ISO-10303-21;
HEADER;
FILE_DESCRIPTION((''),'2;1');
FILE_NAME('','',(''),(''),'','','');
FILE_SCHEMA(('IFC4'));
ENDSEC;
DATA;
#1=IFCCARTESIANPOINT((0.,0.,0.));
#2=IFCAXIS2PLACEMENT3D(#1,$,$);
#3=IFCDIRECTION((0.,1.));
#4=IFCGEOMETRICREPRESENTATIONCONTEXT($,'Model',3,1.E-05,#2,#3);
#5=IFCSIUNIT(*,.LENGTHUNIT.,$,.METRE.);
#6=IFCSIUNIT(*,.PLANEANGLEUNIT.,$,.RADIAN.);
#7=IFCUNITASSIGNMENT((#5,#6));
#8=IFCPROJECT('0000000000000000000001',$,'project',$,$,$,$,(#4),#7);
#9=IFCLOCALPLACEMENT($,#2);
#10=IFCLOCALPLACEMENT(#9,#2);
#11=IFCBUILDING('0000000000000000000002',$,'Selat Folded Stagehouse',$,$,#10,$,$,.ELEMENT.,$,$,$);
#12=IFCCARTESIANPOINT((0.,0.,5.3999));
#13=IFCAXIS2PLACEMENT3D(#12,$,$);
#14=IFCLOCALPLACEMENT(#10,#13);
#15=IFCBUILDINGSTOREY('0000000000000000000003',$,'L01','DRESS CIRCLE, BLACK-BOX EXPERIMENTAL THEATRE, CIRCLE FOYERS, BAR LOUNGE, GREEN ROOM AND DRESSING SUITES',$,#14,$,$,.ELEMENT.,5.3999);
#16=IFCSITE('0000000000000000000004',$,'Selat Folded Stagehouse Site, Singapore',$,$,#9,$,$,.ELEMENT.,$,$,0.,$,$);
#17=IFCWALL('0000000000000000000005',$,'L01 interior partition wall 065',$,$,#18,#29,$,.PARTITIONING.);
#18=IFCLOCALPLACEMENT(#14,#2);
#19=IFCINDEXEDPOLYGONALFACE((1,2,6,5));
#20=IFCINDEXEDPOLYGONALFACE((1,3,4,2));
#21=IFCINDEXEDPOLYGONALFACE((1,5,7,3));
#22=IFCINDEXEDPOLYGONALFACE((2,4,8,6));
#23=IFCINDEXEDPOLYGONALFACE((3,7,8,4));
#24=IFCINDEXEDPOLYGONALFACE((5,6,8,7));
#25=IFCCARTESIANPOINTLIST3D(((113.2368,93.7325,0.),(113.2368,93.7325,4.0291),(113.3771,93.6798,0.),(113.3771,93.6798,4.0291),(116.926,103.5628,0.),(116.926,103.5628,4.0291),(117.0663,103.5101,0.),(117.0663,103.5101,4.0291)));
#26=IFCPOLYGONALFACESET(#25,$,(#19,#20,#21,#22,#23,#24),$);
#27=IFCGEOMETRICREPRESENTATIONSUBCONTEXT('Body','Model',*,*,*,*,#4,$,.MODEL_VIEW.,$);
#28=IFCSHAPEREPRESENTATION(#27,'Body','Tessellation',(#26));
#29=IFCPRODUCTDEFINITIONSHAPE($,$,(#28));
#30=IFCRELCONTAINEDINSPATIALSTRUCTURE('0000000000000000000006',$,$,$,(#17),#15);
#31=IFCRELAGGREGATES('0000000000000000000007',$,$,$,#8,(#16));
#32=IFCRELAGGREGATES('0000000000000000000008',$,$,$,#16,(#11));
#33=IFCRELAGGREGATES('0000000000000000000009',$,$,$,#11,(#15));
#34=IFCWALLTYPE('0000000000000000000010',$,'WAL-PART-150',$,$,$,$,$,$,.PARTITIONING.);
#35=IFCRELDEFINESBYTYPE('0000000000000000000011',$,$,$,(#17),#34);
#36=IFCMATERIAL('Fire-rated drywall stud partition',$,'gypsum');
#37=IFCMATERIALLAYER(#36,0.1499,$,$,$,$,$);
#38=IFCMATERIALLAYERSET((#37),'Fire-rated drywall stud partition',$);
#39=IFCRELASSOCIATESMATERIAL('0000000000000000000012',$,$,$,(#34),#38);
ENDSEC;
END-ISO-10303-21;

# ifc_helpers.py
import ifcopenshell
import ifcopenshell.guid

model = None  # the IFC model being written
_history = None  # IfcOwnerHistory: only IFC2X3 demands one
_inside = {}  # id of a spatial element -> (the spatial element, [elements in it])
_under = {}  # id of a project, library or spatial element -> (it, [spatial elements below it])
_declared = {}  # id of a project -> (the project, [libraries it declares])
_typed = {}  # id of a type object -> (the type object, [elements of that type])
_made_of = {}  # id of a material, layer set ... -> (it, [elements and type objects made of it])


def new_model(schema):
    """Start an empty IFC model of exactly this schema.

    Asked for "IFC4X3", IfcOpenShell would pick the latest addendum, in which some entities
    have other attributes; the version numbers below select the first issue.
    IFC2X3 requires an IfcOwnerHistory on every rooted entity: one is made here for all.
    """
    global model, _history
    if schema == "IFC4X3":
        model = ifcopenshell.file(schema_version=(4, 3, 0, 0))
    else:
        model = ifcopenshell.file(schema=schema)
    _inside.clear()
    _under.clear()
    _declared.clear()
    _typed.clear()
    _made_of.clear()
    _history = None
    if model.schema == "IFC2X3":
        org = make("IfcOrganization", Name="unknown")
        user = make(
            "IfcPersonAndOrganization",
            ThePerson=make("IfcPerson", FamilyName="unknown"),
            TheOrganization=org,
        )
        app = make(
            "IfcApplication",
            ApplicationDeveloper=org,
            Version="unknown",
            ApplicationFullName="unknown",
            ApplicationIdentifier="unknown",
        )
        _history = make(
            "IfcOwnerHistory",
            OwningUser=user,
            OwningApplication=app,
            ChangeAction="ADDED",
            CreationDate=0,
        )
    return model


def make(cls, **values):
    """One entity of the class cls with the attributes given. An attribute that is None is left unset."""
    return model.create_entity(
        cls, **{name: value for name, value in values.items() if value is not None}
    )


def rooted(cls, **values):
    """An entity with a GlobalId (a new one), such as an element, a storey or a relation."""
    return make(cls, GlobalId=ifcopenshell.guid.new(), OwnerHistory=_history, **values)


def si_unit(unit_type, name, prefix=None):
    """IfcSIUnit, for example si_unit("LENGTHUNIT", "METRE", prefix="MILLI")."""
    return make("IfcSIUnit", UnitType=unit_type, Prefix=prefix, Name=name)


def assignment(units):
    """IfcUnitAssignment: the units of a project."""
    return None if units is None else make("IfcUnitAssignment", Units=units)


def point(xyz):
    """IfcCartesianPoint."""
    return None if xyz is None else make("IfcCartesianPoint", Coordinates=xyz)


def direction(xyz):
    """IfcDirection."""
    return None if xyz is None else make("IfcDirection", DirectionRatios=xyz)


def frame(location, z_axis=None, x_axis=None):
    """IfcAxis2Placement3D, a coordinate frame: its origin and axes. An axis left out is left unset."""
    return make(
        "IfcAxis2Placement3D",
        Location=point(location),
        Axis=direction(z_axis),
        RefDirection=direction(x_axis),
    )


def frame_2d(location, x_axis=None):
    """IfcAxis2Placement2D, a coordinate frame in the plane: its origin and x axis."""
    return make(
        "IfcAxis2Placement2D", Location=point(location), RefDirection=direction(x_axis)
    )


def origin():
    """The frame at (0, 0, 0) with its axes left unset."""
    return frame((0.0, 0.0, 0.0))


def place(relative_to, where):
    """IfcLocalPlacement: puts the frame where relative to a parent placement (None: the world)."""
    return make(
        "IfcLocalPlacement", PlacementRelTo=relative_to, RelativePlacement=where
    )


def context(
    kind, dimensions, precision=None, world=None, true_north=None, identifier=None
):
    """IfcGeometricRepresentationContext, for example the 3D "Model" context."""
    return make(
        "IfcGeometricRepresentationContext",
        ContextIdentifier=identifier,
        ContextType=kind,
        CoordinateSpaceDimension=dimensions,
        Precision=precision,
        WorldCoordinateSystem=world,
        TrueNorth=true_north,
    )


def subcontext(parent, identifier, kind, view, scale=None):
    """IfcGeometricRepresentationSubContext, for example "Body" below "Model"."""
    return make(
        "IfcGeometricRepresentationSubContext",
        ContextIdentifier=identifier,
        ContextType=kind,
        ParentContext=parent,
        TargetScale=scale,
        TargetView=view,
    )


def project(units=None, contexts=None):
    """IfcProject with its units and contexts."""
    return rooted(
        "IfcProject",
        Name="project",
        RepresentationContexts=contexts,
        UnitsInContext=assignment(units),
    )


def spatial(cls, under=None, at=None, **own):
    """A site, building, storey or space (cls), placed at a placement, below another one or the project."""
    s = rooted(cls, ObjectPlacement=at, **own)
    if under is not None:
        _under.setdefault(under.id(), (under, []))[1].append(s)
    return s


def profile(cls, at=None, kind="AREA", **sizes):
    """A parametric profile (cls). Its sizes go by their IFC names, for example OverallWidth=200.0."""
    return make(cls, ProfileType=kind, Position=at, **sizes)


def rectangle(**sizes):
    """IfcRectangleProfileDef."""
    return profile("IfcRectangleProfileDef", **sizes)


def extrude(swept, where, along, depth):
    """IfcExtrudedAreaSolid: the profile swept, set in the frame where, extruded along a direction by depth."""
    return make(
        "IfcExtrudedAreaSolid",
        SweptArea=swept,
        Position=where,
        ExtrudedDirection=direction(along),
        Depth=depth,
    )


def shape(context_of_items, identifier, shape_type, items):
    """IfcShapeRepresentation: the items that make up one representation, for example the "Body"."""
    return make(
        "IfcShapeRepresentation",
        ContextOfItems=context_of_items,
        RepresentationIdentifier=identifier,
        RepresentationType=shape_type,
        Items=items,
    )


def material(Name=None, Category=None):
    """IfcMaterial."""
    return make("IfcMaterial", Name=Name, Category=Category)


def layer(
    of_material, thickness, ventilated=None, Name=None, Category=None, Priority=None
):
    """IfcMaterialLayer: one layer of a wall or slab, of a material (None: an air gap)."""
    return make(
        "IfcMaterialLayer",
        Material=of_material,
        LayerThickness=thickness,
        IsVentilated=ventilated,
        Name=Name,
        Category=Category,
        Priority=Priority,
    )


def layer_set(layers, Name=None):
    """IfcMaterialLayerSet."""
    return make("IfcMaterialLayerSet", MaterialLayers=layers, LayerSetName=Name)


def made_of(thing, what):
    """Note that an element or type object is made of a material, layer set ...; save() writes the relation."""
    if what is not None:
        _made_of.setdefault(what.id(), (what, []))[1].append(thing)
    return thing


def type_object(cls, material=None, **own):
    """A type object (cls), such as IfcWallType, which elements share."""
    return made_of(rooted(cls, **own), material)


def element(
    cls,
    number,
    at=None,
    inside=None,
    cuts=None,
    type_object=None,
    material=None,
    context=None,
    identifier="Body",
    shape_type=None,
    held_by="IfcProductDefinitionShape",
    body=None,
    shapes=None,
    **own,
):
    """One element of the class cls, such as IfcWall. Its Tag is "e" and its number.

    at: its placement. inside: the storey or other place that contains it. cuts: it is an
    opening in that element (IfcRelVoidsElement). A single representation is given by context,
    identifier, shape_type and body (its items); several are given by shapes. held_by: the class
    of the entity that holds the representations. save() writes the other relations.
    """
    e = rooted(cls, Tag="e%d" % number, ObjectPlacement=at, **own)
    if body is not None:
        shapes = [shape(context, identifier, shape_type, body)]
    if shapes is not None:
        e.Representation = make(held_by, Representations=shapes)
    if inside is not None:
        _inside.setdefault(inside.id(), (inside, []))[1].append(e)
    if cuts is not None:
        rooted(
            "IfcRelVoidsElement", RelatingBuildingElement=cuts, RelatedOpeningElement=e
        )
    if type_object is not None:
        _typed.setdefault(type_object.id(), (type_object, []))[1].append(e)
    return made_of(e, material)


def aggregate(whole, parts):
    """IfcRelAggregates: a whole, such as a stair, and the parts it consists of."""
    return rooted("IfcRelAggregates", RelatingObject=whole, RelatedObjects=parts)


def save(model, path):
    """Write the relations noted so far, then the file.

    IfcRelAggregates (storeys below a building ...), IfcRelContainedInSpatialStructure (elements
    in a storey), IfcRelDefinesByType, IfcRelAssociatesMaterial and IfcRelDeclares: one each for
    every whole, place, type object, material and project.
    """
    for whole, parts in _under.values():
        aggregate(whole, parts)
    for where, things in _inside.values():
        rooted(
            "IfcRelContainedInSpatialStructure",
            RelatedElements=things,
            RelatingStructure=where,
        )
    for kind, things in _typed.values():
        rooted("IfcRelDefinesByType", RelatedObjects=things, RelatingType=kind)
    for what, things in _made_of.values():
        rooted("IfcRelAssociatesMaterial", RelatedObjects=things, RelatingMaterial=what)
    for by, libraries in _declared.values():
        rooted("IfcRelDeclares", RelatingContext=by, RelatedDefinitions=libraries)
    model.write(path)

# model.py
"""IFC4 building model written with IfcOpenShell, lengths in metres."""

from ifc_helpers import new_model, si_unit, direction, frame, frame_2d, origin, place, context, subcontext, project, spatial, rectangle, extrude, material, layer, layer_set, type_object, element, save


model = new_model("IFC4")

# Units and contexts
model_context = context("Model", 3, precision=1e-05, world=origin(), true_north=direction((0.0, 1.0)))
body_context = subcontext(model_context, "Body", "Model", "MODEL_VIEW")
ifc_project = project(units=[si_unit("LENGTHUNIT", "METRE"), si_unit("PLANEANGLEUNIT", "RADIAN")], contexts=[model_context])

# Site, building, storey
site_placement = place(None, origin())
site = spatial("IfcSite", under=ifc_project, at=site_placement, Name="Selat Folded Stagehouse Site, Singapore", CompositionType="ELEMENT", RefElevation=0.0)
building_placement = place(site_placement, origin())
building = spatial("IfcBuilding", under=site, at=building_placement, Name="Selat Folded Stagehouse", CompositionType="ELEMENT")
storey_placement = place(building_placement, frame((0.0, 0.0, 5.3999)))
storey = spatial("IfcBuildingStorey", under=building, at=storey_placement, Name="L01", Description="DRESS CIRCLE, BLACK-BOX EXPERIMENTAL THEATRE, CIRCLE FOYERS, BAR LOUNGE, GREEN ROOM AND DRESSING SUITES", CompositionType="ELEMENT", Elevation=5.3999)

# Shared definitions
ifc_material_1 = material(Name="Fire-rated drywall stud partition", Category="gypsum")
ifc_layer_1 = layer(ifc_material_1, 0.1499)
ifc_layer_set_1 = layer_set([ifc_layer_1], Name="Fire-rated drywall stud partition")
wall_type_1 = type_object("IfcWallType", Name="WAL-PART-150", PredefinedType="PARTITIONING", material=ifc_layer_set_1)

# Wall
wall_1_placement = place(storey_placement, frame((113.3069, 93.7061, 0.0), z_axis=(0.0, 0.0, 1.0), x_axis=(0.35136, 0.93624, 0.0)))
element("IfcWall", 1, at=wall_1_placement, inside=storey, type_object=wall_type_1, Name="L01 interior partition wall 065", PredefinedType="PARTITIONING", context=body_context, shape_type="SweptSolid", body=[
    extrude(rectangle(XDim=10.4998, YDim=0.1499, at=frame_2d((5.25, 0.0))), origin(), (0.0, 0.0, 1.0), 4.0291),
])

save(model, "model.ifc")
